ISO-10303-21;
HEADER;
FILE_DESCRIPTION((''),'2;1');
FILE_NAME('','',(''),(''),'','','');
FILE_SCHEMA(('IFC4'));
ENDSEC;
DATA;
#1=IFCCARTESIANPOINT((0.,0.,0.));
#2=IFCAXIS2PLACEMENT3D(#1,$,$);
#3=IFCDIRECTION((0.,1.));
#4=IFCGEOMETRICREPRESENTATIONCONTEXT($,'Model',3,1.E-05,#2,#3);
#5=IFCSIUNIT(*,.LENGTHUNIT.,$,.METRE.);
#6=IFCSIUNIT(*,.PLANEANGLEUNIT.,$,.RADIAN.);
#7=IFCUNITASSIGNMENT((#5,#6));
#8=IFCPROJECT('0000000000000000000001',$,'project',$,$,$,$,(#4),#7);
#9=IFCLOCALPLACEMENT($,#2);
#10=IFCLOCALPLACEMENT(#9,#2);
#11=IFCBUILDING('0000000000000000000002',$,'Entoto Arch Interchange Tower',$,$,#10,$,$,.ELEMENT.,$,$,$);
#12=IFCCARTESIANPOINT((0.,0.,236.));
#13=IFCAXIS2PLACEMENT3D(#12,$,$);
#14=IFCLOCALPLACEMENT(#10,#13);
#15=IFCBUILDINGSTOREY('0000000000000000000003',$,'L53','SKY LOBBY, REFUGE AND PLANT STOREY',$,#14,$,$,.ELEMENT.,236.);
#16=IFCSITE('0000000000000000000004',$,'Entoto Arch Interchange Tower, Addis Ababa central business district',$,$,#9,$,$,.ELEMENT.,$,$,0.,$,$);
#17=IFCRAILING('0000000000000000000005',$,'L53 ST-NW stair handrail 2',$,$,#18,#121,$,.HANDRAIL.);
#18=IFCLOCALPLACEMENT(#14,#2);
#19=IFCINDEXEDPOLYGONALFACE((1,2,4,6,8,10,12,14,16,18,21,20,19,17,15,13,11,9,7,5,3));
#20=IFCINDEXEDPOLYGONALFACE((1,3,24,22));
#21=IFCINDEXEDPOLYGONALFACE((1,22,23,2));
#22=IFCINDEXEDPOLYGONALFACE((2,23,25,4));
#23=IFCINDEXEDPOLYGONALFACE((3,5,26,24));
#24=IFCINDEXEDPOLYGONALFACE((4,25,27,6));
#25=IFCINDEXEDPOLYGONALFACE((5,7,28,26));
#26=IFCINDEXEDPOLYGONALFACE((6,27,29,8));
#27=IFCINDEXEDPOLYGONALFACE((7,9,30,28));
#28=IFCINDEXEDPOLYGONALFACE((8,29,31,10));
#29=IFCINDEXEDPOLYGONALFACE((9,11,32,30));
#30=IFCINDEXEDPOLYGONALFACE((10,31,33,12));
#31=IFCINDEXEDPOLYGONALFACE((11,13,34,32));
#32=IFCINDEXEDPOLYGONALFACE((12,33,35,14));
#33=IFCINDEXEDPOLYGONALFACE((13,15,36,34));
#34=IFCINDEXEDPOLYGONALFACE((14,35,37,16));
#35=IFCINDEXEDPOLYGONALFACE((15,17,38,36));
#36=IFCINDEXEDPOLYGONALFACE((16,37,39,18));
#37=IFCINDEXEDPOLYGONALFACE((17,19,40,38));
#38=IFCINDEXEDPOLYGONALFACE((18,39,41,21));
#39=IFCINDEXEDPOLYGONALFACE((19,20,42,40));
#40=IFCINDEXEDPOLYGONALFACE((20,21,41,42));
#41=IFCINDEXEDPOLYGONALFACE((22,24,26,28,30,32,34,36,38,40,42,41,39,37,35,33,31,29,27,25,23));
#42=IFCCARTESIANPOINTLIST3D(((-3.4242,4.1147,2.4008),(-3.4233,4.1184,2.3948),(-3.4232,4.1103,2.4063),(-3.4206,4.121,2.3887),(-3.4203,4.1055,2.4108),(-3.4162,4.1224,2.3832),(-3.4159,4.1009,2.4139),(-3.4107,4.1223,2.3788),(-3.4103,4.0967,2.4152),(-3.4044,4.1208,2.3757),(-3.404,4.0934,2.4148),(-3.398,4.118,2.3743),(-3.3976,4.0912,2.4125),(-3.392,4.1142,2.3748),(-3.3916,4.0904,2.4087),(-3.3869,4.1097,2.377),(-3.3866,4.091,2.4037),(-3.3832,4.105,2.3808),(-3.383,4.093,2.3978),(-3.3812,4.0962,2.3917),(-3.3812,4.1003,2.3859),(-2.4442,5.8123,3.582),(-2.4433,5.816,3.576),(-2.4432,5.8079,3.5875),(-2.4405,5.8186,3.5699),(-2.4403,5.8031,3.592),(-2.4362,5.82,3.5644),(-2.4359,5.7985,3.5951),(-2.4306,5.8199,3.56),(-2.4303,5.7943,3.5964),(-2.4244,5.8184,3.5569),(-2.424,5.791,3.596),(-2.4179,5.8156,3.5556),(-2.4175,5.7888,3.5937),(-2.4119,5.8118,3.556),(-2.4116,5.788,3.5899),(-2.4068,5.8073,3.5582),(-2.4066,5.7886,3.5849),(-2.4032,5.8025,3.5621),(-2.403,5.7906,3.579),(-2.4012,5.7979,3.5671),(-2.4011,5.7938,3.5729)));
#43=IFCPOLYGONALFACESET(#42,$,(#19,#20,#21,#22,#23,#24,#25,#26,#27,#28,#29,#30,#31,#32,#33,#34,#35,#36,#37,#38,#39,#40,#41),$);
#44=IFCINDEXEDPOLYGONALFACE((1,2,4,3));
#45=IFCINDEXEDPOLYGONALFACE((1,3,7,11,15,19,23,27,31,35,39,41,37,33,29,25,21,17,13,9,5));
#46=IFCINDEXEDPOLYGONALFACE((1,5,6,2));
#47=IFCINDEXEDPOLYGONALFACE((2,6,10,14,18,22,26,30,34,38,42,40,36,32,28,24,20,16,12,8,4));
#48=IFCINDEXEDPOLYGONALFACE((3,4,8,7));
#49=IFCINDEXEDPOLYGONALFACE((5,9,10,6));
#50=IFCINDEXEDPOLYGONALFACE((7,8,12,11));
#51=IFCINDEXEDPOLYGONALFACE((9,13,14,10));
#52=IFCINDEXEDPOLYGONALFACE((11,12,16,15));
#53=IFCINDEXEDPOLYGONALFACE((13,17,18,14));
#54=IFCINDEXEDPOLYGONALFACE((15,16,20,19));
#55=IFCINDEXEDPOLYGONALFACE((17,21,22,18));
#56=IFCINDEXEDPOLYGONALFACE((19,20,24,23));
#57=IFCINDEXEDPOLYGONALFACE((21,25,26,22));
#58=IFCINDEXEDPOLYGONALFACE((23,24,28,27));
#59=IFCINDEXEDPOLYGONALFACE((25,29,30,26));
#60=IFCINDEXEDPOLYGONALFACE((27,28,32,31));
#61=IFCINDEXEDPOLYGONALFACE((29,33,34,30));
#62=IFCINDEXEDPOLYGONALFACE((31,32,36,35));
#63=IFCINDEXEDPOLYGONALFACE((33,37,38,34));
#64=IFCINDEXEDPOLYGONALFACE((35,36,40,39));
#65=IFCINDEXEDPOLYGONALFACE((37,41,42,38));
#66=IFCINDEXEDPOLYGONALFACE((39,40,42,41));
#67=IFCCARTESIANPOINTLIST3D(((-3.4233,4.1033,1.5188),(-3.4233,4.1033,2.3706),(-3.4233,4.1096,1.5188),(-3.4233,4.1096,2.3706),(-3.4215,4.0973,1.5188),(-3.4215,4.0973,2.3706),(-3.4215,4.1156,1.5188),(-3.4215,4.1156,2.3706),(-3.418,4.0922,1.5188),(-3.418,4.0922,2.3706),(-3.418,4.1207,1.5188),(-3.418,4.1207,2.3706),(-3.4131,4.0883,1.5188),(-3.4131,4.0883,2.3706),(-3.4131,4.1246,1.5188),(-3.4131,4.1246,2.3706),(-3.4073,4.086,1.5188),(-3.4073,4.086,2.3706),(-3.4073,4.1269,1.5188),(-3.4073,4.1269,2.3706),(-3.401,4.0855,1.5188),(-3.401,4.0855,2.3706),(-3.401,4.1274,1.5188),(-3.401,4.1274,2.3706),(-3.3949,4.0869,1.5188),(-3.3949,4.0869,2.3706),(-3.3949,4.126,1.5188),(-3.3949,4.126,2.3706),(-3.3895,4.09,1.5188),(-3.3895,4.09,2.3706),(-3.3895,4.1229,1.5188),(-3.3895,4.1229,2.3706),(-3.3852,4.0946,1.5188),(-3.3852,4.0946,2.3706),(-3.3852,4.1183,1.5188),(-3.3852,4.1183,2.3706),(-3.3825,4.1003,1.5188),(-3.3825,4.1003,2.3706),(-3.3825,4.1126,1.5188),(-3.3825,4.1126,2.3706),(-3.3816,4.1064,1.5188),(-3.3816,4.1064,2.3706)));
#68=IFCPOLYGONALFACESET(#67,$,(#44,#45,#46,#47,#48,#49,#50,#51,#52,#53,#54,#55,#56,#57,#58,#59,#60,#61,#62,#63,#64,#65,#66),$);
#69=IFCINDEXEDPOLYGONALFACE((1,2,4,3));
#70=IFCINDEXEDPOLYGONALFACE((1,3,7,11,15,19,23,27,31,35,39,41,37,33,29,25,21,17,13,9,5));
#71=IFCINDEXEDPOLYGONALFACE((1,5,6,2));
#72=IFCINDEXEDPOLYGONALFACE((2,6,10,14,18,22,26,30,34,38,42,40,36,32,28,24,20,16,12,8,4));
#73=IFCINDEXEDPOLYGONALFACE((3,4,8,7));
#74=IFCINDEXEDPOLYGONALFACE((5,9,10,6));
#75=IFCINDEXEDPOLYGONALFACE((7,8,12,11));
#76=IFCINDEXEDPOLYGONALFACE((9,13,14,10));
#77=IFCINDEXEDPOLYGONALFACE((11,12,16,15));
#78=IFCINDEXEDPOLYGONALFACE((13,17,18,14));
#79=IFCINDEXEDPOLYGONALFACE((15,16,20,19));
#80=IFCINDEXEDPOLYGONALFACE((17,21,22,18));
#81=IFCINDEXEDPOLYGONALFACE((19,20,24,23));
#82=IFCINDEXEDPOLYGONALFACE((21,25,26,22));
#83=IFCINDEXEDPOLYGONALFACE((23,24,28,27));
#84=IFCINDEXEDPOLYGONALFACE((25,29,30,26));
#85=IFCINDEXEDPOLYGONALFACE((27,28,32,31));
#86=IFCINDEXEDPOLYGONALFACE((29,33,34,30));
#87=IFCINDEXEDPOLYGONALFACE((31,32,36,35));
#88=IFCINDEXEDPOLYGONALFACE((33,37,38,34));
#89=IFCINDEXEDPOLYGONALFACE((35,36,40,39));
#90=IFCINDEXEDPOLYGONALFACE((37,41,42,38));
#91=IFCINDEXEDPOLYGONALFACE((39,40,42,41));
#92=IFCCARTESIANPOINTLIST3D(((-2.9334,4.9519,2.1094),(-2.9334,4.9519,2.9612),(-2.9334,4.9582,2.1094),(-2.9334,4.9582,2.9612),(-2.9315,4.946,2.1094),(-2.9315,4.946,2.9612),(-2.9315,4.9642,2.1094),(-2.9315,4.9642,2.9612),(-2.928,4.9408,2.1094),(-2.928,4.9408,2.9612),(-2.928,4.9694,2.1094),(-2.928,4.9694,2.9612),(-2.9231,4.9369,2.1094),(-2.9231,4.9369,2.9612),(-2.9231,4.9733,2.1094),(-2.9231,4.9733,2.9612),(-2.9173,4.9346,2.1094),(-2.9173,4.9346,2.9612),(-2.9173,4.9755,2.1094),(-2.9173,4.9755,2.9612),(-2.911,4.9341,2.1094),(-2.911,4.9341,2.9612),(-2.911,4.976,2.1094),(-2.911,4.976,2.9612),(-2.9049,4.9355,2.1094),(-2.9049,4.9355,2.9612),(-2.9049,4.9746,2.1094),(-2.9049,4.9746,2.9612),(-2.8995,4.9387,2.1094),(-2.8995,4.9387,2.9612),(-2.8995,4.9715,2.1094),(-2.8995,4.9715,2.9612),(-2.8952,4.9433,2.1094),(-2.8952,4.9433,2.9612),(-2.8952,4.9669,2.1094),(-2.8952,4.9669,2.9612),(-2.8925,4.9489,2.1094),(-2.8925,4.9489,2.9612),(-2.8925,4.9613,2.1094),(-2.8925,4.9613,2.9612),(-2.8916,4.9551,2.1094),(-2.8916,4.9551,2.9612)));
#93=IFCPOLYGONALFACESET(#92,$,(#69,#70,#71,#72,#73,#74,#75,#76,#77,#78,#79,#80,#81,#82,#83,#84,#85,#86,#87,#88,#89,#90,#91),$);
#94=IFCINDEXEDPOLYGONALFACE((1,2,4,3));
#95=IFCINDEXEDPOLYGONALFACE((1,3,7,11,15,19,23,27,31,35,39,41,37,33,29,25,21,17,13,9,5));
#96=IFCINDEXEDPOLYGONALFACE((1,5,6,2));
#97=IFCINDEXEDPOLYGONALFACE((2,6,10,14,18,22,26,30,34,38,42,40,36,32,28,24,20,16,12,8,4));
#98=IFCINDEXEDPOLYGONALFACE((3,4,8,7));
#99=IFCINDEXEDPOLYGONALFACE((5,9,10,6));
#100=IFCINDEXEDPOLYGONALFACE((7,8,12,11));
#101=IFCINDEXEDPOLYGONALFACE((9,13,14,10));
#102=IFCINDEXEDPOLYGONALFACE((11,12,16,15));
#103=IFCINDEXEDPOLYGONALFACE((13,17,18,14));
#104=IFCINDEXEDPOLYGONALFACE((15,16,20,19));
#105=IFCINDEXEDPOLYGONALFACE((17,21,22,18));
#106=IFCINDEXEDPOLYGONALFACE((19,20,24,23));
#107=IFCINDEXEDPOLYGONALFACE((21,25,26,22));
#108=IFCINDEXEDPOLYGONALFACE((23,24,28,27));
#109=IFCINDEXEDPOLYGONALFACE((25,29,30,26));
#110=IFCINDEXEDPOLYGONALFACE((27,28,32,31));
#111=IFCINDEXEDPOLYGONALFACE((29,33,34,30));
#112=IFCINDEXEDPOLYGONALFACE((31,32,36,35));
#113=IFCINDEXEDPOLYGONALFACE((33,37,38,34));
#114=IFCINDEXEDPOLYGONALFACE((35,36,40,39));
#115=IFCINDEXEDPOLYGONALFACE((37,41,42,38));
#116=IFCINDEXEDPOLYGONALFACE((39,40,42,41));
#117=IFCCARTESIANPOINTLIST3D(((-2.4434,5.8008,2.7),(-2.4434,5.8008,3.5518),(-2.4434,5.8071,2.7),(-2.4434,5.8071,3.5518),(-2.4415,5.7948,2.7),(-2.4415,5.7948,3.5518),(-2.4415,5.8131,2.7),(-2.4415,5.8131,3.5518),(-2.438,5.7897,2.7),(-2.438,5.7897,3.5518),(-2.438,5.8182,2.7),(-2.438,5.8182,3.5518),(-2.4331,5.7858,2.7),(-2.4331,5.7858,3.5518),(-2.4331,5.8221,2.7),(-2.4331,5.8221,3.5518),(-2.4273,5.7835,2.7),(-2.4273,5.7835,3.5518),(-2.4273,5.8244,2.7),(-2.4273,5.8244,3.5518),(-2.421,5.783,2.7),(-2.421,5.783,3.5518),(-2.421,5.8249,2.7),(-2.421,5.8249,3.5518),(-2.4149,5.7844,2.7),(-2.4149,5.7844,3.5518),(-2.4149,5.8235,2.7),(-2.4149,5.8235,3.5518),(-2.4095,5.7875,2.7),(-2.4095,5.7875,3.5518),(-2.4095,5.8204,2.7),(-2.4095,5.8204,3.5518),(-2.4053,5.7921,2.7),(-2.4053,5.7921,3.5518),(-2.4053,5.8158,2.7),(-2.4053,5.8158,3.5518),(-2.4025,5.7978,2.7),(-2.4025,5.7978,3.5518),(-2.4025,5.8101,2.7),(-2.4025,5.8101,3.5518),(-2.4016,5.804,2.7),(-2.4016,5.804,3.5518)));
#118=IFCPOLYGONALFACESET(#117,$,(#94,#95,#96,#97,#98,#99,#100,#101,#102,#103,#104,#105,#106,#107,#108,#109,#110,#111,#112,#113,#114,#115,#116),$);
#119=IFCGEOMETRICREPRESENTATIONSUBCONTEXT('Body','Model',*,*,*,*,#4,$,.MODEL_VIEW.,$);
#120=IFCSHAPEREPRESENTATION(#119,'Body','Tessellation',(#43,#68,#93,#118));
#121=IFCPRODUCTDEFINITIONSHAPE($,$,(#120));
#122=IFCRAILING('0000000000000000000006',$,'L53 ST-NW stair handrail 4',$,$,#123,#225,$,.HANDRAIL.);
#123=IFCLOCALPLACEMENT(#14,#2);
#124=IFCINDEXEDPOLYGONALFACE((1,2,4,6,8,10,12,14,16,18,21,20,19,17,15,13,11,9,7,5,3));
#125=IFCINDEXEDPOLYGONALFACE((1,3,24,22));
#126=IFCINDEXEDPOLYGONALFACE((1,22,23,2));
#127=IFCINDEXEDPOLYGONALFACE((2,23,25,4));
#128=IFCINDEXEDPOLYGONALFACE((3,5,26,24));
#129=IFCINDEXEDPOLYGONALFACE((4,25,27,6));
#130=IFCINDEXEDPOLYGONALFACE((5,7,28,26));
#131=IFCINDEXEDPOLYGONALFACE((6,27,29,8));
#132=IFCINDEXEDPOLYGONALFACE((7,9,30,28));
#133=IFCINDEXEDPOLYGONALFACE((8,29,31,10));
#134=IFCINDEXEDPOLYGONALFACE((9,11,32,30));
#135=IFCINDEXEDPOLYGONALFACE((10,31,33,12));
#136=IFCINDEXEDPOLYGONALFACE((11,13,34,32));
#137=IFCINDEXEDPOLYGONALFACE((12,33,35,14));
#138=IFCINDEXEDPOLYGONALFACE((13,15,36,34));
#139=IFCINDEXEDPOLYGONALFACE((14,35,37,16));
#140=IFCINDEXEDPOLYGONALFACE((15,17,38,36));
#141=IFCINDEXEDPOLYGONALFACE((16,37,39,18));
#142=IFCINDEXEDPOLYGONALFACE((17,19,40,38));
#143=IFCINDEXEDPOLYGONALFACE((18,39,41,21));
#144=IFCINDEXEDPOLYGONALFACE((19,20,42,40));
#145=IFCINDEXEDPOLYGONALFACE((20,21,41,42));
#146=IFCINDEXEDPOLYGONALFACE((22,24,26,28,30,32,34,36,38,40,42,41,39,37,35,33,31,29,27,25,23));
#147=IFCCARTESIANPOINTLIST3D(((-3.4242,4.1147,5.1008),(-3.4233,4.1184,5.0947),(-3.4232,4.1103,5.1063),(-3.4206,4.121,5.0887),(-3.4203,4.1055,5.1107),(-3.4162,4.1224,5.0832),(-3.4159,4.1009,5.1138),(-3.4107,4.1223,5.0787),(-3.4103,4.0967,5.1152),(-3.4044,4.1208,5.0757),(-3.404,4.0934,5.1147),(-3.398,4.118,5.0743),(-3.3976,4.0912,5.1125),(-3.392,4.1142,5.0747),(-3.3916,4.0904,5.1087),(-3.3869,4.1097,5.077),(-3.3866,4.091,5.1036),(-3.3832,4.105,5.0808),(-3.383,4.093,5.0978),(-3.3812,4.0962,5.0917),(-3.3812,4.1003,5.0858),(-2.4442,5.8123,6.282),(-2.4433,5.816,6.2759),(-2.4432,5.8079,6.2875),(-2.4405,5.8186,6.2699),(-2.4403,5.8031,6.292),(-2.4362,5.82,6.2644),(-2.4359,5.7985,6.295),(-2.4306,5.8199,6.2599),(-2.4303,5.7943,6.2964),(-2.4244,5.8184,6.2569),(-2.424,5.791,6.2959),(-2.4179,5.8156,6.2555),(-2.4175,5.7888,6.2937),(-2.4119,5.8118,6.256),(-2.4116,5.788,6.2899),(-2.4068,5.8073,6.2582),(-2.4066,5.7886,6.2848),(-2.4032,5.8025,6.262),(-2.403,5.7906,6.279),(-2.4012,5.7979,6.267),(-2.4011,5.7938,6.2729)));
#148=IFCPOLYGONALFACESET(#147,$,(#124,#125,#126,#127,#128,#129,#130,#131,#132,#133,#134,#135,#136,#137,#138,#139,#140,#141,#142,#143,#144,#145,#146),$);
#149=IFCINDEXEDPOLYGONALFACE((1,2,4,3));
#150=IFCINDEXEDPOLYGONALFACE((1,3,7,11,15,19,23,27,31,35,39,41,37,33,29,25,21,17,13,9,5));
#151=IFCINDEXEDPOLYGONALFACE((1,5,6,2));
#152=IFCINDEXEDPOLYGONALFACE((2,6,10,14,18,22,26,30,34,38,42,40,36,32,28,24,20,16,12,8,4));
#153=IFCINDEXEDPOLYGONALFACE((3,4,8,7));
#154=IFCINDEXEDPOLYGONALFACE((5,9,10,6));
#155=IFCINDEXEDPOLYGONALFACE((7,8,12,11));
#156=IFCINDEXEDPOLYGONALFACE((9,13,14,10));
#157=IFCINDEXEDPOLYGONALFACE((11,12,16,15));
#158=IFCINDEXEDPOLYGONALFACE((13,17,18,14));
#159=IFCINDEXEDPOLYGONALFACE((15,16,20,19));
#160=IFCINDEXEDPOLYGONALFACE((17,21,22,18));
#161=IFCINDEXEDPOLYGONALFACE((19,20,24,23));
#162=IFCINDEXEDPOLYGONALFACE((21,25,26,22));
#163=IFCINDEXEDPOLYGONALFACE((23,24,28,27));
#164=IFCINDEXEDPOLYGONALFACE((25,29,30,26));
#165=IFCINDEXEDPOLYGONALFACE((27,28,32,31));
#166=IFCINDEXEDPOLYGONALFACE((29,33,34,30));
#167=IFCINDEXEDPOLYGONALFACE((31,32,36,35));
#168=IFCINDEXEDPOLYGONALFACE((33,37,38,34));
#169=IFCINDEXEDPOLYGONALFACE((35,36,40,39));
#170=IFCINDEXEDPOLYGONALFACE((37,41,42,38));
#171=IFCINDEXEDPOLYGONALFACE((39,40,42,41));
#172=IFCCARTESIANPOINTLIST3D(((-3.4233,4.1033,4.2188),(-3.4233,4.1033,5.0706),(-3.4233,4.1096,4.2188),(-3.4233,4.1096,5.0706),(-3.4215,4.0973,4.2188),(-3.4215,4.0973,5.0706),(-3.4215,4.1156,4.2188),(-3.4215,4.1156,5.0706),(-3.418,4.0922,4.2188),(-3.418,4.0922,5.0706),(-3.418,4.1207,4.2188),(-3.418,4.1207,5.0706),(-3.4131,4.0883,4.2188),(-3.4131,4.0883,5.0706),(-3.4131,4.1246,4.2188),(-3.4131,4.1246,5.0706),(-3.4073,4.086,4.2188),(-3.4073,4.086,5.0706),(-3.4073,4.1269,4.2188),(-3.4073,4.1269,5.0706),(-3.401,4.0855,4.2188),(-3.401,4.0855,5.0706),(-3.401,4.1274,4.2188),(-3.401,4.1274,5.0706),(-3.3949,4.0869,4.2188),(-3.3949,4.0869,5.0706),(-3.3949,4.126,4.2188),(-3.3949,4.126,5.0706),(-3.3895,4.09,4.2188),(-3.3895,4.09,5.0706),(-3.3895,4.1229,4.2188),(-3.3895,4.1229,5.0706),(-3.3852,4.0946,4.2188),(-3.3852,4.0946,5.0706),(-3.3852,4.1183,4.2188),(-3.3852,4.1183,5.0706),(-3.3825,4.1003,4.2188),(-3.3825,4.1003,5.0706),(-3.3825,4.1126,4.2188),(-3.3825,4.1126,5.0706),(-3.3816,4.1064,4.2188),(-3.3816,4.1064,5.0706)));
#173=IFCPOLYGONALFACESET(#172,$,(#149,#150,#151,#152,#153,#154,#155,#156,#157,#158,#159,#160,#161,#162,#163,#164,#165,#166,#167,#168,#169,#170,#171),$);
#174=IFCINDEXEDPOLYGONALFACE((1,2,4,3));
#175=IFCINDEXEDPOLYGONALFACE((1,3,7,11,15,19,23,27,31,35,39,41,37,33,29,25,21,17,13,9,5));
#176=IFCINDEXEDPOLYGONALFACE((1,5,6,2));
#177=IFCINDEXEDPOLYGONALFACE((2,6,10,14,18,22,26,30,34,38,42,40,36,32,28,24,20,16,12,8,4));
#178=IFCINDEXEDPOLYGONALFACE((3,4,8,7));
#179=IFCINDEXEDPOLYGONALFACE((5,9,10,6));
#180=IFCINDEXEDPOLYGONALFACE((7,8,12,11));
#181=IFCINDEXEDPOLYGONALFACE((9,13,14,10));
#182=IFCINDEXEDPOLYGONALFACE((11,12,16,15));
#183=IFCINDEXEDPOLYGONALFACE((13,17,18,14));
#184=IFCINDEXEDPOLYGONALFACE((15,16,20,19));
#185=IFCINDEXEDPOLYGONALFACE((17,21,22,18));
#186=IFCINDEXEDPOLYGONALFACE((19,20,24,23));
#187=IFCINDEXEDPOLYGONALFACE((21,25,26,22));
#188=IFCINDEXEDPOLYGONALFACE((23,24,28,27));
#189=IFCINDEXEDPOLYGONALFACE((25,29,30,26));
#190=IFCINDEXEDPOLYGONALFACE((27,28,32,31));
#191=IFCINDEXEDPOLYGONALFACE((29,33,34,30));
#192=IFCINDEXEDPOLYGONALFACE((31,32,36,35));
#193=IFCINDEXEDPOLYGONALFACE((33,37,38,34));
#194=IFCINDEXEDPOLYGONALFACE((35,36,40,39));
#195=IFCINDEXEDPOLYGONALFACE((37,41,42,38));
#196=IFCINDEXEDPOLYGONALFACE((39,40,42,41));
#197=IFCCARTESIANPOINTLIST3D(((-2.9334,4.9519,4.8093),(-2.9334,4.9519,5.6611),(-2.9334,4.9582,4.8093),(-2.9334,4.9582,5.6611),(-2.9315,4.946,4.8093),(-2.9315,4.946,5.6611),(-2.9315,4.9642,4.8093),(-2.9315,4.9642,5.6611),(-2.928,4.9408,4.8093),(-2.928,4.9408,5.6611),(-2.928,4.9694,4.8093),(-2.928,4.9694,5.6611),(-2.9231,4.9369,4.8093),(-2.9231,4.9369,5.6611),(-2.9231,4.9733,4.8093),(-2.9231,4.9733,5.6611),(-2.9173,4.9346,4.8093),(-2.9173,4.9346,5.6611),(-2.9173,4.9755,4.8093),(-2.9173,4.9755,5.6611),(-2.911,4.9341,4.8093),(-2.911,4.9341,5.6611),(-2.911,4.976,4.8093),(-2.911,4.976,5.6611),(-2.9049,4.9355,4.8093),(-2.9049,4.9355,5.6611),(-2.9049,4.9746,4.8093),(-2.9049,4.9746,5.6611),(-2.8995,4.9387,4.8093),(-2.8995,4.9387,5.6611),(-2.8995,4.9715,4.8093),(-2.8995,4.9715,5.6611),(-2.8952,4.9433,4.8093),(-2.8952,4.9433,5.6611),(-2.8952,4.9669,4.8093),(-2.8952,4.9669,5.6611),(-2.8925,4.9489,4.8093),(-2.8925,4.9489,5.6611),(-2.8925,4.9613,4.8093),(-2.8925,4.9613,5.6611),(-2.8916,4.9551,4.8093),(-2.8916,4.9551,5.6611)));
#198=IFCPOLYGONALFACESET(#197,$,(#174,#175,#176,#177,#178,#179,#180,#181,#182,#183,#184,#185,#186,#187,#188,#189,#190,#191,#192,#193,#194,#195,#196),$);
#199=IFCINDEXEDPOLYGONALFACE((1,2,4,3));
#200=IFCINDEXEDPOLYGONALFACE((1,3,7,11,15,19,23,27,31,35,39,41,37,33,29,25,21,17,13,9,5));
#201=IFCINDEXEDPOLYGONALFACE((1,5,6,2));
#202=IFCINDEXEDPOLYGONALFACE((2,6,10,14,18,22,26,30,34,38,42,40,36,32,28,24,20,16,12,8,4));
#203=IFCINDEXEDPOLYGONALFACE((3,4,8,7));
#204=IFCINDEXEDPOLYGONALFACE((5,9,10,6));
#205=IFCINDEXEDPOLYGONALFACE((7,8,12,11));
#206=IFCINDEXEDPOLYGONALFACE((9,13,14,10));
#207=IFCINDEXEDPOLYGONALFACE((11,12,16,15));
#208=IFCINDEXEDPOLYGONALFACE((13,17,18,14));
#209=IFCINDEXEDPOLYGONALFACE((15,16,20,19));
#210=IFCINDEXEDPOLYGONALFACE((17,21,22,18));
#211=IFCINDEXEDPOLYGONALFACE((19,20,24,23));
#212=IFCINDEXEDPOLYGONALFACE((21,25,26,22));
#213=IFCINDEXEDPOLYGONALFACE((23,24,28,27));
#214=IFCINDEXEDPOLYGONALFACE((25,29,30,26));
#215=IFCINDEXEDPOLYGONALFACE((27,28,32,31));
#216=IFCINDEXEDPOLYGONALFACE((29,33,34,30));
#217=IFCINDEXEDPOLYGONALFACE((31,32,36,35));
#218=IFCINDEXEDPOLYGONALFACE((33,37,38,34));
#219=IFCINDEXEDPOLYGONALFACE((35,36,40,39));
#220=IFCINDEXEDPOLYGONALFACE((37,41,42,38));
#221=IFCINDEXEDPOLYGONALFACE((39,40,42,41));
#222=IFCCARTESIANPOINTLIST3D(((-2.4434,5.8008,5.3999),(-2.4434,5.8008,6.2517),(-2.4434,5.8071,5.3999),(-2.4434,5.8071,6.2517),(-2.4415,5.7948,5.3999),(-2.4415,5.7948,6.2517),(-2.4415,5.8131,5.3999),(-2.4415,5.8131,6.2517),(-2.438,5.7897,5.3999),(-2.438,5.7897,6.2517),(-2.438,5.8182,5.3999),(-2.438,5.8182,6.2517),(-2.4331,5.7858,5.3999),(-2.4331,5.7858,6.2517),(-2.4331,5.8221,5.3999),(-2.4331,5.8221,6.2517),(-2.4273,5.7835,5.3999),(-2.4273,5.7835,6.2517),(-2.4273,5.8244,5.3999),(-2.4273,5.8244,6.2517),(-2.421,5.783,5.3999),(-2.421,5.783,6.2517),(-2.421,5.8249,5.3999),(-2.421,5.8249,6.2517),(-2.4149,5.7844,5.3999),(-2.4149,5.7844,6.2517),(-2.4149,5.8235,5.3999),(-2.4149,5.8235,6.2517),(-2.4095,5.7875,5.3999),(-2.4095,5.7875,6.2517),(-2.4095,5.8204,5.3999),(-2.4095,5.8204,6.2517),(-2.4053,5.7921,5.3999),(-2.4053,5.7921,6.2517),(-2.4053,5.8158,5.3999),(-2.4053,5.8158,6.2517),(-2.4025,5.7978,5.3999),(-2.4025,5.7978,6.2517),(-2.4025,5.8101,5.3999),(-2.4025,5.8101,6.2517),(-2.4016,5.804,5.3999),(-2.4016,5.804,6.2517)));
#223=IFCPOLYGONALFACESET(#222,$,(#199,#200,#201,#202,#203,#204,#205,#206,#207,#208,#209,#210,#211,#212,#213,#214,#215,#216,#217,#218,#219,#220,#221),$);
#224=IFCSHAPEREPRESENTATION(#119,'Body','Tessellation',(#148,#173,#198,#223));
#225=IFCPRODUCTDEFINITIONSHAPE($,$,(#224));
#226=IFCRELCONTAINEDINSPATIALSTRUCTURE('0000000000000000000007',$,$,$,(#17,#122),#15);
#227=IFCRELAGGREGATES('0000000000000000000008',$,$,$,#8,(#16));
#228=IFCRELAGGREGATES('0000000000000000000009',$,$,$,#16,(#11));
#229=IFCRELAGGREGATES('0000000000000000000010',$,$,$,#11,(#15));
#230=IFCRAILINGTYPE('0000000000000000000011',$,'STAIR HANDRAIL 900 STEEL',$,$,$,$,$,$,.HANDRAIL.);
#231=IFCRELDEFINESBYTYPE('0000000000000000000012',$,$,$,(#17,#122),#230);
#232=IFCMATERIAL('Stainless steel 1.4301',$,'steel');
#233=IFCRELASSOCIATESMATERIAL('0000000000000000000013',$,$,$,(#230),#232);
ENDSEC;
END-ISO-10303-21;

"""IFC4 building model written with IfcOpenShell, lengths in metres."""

from ifc_helpers import new_model, si_unit, direction, frame, origin, origin_2d, place, context, subcontext, project, spatial, circle, extrude, material, type_object, element, save


model = new_model("IFC4")

# Units and contexts
model_context = context("Model", 3, precision=1e-05, world=origin(), true_north=direction((0.0, 1.0)))
body_context = subcontext(model_context, "Body", "Model", "MODEL_VIEW")
ifc_project = project(units=[si_unit("LENGTHUNIT", "METRE"), si_unit("PLANEANGLEUNIT", "RADIAN")], contexts=[model_context])

# Site, building, storey
site_placement = place(None, origin())
site = spatial("IfcSite", under=ifc_project, at=site_placement, Name="Entoto Arch Interchange Tower, Addis Ababa central business district", CompositionType="ELEMENT", RefElevation=0.0)
building_placement = place(site_placement, origin())
building = spatial("IfcBuilding", under=site, at=building_placement, Name="Entoto Arch Interchange Tower", CompositionType="ELEMENT")
storey_placement = place(building_placement, frame((0.0, 0.0, 236.0)))
storey = spatial("IfcBuildingStorey", under=building, at=storey_placement, Name="L53", Description="SKY LOBBY, REFUGE AND PLANT STOREY", CompositionType="ELEMENT", Elevation=236.0)

# Railings
ifc_material_1 = material(Name="Stainless steel 1.4301", Category="steel")
railing_type_1 = type_object("IfcRailingType", Name="STAIR HANDRAIL 900 STEEL", PredefinedType="HANDRAIL", material=ifc_material_1)
for number, where, name in (
    (1, (-3.4026, 4.1064, 1.5188), "L53 ST-NW stair handrail 2"),
    (2, (-3.4026, 4.1064, 4.2188), "L53 ST-NW stair handrail 4"),
):
    element("IfcRailing", number, at=place(storey_placement, frame(where)), inside=storey, type_object=railing_type_1, Name=name, PredefinedType="HANDRAIL", context=body_context, shape_type="SweptSolid", body=[
        extrude(circle(Radius=0.0239, at=origin_2d()), frame((0.0, 0.0, 0.876), z_axis=(0.428228, 0.741771, 0.516135), x_axis=(-0.866042, 0.49997, 0.0)), (0.0, 0.0, 1.0), 2.2886),
        extrude(circle(Radius=0.021, at=origin_2d()), origin(), (0.0, 0.0, 1.0), 0.8518),
        extrude(circle(Radius=0.021, at=origin_2d()), frame((0.49, 0.8486, 0.5906)), (0.0, 0.0, 1.0), 0.8518),
        extrude(circle(Radius=0.021, at=origin_2d()), frame((0.98, 1.6975, 1.1812)), (0.0, 0.0, 1.0), 0.8518),
    ])

save(model, "model.ifc")
